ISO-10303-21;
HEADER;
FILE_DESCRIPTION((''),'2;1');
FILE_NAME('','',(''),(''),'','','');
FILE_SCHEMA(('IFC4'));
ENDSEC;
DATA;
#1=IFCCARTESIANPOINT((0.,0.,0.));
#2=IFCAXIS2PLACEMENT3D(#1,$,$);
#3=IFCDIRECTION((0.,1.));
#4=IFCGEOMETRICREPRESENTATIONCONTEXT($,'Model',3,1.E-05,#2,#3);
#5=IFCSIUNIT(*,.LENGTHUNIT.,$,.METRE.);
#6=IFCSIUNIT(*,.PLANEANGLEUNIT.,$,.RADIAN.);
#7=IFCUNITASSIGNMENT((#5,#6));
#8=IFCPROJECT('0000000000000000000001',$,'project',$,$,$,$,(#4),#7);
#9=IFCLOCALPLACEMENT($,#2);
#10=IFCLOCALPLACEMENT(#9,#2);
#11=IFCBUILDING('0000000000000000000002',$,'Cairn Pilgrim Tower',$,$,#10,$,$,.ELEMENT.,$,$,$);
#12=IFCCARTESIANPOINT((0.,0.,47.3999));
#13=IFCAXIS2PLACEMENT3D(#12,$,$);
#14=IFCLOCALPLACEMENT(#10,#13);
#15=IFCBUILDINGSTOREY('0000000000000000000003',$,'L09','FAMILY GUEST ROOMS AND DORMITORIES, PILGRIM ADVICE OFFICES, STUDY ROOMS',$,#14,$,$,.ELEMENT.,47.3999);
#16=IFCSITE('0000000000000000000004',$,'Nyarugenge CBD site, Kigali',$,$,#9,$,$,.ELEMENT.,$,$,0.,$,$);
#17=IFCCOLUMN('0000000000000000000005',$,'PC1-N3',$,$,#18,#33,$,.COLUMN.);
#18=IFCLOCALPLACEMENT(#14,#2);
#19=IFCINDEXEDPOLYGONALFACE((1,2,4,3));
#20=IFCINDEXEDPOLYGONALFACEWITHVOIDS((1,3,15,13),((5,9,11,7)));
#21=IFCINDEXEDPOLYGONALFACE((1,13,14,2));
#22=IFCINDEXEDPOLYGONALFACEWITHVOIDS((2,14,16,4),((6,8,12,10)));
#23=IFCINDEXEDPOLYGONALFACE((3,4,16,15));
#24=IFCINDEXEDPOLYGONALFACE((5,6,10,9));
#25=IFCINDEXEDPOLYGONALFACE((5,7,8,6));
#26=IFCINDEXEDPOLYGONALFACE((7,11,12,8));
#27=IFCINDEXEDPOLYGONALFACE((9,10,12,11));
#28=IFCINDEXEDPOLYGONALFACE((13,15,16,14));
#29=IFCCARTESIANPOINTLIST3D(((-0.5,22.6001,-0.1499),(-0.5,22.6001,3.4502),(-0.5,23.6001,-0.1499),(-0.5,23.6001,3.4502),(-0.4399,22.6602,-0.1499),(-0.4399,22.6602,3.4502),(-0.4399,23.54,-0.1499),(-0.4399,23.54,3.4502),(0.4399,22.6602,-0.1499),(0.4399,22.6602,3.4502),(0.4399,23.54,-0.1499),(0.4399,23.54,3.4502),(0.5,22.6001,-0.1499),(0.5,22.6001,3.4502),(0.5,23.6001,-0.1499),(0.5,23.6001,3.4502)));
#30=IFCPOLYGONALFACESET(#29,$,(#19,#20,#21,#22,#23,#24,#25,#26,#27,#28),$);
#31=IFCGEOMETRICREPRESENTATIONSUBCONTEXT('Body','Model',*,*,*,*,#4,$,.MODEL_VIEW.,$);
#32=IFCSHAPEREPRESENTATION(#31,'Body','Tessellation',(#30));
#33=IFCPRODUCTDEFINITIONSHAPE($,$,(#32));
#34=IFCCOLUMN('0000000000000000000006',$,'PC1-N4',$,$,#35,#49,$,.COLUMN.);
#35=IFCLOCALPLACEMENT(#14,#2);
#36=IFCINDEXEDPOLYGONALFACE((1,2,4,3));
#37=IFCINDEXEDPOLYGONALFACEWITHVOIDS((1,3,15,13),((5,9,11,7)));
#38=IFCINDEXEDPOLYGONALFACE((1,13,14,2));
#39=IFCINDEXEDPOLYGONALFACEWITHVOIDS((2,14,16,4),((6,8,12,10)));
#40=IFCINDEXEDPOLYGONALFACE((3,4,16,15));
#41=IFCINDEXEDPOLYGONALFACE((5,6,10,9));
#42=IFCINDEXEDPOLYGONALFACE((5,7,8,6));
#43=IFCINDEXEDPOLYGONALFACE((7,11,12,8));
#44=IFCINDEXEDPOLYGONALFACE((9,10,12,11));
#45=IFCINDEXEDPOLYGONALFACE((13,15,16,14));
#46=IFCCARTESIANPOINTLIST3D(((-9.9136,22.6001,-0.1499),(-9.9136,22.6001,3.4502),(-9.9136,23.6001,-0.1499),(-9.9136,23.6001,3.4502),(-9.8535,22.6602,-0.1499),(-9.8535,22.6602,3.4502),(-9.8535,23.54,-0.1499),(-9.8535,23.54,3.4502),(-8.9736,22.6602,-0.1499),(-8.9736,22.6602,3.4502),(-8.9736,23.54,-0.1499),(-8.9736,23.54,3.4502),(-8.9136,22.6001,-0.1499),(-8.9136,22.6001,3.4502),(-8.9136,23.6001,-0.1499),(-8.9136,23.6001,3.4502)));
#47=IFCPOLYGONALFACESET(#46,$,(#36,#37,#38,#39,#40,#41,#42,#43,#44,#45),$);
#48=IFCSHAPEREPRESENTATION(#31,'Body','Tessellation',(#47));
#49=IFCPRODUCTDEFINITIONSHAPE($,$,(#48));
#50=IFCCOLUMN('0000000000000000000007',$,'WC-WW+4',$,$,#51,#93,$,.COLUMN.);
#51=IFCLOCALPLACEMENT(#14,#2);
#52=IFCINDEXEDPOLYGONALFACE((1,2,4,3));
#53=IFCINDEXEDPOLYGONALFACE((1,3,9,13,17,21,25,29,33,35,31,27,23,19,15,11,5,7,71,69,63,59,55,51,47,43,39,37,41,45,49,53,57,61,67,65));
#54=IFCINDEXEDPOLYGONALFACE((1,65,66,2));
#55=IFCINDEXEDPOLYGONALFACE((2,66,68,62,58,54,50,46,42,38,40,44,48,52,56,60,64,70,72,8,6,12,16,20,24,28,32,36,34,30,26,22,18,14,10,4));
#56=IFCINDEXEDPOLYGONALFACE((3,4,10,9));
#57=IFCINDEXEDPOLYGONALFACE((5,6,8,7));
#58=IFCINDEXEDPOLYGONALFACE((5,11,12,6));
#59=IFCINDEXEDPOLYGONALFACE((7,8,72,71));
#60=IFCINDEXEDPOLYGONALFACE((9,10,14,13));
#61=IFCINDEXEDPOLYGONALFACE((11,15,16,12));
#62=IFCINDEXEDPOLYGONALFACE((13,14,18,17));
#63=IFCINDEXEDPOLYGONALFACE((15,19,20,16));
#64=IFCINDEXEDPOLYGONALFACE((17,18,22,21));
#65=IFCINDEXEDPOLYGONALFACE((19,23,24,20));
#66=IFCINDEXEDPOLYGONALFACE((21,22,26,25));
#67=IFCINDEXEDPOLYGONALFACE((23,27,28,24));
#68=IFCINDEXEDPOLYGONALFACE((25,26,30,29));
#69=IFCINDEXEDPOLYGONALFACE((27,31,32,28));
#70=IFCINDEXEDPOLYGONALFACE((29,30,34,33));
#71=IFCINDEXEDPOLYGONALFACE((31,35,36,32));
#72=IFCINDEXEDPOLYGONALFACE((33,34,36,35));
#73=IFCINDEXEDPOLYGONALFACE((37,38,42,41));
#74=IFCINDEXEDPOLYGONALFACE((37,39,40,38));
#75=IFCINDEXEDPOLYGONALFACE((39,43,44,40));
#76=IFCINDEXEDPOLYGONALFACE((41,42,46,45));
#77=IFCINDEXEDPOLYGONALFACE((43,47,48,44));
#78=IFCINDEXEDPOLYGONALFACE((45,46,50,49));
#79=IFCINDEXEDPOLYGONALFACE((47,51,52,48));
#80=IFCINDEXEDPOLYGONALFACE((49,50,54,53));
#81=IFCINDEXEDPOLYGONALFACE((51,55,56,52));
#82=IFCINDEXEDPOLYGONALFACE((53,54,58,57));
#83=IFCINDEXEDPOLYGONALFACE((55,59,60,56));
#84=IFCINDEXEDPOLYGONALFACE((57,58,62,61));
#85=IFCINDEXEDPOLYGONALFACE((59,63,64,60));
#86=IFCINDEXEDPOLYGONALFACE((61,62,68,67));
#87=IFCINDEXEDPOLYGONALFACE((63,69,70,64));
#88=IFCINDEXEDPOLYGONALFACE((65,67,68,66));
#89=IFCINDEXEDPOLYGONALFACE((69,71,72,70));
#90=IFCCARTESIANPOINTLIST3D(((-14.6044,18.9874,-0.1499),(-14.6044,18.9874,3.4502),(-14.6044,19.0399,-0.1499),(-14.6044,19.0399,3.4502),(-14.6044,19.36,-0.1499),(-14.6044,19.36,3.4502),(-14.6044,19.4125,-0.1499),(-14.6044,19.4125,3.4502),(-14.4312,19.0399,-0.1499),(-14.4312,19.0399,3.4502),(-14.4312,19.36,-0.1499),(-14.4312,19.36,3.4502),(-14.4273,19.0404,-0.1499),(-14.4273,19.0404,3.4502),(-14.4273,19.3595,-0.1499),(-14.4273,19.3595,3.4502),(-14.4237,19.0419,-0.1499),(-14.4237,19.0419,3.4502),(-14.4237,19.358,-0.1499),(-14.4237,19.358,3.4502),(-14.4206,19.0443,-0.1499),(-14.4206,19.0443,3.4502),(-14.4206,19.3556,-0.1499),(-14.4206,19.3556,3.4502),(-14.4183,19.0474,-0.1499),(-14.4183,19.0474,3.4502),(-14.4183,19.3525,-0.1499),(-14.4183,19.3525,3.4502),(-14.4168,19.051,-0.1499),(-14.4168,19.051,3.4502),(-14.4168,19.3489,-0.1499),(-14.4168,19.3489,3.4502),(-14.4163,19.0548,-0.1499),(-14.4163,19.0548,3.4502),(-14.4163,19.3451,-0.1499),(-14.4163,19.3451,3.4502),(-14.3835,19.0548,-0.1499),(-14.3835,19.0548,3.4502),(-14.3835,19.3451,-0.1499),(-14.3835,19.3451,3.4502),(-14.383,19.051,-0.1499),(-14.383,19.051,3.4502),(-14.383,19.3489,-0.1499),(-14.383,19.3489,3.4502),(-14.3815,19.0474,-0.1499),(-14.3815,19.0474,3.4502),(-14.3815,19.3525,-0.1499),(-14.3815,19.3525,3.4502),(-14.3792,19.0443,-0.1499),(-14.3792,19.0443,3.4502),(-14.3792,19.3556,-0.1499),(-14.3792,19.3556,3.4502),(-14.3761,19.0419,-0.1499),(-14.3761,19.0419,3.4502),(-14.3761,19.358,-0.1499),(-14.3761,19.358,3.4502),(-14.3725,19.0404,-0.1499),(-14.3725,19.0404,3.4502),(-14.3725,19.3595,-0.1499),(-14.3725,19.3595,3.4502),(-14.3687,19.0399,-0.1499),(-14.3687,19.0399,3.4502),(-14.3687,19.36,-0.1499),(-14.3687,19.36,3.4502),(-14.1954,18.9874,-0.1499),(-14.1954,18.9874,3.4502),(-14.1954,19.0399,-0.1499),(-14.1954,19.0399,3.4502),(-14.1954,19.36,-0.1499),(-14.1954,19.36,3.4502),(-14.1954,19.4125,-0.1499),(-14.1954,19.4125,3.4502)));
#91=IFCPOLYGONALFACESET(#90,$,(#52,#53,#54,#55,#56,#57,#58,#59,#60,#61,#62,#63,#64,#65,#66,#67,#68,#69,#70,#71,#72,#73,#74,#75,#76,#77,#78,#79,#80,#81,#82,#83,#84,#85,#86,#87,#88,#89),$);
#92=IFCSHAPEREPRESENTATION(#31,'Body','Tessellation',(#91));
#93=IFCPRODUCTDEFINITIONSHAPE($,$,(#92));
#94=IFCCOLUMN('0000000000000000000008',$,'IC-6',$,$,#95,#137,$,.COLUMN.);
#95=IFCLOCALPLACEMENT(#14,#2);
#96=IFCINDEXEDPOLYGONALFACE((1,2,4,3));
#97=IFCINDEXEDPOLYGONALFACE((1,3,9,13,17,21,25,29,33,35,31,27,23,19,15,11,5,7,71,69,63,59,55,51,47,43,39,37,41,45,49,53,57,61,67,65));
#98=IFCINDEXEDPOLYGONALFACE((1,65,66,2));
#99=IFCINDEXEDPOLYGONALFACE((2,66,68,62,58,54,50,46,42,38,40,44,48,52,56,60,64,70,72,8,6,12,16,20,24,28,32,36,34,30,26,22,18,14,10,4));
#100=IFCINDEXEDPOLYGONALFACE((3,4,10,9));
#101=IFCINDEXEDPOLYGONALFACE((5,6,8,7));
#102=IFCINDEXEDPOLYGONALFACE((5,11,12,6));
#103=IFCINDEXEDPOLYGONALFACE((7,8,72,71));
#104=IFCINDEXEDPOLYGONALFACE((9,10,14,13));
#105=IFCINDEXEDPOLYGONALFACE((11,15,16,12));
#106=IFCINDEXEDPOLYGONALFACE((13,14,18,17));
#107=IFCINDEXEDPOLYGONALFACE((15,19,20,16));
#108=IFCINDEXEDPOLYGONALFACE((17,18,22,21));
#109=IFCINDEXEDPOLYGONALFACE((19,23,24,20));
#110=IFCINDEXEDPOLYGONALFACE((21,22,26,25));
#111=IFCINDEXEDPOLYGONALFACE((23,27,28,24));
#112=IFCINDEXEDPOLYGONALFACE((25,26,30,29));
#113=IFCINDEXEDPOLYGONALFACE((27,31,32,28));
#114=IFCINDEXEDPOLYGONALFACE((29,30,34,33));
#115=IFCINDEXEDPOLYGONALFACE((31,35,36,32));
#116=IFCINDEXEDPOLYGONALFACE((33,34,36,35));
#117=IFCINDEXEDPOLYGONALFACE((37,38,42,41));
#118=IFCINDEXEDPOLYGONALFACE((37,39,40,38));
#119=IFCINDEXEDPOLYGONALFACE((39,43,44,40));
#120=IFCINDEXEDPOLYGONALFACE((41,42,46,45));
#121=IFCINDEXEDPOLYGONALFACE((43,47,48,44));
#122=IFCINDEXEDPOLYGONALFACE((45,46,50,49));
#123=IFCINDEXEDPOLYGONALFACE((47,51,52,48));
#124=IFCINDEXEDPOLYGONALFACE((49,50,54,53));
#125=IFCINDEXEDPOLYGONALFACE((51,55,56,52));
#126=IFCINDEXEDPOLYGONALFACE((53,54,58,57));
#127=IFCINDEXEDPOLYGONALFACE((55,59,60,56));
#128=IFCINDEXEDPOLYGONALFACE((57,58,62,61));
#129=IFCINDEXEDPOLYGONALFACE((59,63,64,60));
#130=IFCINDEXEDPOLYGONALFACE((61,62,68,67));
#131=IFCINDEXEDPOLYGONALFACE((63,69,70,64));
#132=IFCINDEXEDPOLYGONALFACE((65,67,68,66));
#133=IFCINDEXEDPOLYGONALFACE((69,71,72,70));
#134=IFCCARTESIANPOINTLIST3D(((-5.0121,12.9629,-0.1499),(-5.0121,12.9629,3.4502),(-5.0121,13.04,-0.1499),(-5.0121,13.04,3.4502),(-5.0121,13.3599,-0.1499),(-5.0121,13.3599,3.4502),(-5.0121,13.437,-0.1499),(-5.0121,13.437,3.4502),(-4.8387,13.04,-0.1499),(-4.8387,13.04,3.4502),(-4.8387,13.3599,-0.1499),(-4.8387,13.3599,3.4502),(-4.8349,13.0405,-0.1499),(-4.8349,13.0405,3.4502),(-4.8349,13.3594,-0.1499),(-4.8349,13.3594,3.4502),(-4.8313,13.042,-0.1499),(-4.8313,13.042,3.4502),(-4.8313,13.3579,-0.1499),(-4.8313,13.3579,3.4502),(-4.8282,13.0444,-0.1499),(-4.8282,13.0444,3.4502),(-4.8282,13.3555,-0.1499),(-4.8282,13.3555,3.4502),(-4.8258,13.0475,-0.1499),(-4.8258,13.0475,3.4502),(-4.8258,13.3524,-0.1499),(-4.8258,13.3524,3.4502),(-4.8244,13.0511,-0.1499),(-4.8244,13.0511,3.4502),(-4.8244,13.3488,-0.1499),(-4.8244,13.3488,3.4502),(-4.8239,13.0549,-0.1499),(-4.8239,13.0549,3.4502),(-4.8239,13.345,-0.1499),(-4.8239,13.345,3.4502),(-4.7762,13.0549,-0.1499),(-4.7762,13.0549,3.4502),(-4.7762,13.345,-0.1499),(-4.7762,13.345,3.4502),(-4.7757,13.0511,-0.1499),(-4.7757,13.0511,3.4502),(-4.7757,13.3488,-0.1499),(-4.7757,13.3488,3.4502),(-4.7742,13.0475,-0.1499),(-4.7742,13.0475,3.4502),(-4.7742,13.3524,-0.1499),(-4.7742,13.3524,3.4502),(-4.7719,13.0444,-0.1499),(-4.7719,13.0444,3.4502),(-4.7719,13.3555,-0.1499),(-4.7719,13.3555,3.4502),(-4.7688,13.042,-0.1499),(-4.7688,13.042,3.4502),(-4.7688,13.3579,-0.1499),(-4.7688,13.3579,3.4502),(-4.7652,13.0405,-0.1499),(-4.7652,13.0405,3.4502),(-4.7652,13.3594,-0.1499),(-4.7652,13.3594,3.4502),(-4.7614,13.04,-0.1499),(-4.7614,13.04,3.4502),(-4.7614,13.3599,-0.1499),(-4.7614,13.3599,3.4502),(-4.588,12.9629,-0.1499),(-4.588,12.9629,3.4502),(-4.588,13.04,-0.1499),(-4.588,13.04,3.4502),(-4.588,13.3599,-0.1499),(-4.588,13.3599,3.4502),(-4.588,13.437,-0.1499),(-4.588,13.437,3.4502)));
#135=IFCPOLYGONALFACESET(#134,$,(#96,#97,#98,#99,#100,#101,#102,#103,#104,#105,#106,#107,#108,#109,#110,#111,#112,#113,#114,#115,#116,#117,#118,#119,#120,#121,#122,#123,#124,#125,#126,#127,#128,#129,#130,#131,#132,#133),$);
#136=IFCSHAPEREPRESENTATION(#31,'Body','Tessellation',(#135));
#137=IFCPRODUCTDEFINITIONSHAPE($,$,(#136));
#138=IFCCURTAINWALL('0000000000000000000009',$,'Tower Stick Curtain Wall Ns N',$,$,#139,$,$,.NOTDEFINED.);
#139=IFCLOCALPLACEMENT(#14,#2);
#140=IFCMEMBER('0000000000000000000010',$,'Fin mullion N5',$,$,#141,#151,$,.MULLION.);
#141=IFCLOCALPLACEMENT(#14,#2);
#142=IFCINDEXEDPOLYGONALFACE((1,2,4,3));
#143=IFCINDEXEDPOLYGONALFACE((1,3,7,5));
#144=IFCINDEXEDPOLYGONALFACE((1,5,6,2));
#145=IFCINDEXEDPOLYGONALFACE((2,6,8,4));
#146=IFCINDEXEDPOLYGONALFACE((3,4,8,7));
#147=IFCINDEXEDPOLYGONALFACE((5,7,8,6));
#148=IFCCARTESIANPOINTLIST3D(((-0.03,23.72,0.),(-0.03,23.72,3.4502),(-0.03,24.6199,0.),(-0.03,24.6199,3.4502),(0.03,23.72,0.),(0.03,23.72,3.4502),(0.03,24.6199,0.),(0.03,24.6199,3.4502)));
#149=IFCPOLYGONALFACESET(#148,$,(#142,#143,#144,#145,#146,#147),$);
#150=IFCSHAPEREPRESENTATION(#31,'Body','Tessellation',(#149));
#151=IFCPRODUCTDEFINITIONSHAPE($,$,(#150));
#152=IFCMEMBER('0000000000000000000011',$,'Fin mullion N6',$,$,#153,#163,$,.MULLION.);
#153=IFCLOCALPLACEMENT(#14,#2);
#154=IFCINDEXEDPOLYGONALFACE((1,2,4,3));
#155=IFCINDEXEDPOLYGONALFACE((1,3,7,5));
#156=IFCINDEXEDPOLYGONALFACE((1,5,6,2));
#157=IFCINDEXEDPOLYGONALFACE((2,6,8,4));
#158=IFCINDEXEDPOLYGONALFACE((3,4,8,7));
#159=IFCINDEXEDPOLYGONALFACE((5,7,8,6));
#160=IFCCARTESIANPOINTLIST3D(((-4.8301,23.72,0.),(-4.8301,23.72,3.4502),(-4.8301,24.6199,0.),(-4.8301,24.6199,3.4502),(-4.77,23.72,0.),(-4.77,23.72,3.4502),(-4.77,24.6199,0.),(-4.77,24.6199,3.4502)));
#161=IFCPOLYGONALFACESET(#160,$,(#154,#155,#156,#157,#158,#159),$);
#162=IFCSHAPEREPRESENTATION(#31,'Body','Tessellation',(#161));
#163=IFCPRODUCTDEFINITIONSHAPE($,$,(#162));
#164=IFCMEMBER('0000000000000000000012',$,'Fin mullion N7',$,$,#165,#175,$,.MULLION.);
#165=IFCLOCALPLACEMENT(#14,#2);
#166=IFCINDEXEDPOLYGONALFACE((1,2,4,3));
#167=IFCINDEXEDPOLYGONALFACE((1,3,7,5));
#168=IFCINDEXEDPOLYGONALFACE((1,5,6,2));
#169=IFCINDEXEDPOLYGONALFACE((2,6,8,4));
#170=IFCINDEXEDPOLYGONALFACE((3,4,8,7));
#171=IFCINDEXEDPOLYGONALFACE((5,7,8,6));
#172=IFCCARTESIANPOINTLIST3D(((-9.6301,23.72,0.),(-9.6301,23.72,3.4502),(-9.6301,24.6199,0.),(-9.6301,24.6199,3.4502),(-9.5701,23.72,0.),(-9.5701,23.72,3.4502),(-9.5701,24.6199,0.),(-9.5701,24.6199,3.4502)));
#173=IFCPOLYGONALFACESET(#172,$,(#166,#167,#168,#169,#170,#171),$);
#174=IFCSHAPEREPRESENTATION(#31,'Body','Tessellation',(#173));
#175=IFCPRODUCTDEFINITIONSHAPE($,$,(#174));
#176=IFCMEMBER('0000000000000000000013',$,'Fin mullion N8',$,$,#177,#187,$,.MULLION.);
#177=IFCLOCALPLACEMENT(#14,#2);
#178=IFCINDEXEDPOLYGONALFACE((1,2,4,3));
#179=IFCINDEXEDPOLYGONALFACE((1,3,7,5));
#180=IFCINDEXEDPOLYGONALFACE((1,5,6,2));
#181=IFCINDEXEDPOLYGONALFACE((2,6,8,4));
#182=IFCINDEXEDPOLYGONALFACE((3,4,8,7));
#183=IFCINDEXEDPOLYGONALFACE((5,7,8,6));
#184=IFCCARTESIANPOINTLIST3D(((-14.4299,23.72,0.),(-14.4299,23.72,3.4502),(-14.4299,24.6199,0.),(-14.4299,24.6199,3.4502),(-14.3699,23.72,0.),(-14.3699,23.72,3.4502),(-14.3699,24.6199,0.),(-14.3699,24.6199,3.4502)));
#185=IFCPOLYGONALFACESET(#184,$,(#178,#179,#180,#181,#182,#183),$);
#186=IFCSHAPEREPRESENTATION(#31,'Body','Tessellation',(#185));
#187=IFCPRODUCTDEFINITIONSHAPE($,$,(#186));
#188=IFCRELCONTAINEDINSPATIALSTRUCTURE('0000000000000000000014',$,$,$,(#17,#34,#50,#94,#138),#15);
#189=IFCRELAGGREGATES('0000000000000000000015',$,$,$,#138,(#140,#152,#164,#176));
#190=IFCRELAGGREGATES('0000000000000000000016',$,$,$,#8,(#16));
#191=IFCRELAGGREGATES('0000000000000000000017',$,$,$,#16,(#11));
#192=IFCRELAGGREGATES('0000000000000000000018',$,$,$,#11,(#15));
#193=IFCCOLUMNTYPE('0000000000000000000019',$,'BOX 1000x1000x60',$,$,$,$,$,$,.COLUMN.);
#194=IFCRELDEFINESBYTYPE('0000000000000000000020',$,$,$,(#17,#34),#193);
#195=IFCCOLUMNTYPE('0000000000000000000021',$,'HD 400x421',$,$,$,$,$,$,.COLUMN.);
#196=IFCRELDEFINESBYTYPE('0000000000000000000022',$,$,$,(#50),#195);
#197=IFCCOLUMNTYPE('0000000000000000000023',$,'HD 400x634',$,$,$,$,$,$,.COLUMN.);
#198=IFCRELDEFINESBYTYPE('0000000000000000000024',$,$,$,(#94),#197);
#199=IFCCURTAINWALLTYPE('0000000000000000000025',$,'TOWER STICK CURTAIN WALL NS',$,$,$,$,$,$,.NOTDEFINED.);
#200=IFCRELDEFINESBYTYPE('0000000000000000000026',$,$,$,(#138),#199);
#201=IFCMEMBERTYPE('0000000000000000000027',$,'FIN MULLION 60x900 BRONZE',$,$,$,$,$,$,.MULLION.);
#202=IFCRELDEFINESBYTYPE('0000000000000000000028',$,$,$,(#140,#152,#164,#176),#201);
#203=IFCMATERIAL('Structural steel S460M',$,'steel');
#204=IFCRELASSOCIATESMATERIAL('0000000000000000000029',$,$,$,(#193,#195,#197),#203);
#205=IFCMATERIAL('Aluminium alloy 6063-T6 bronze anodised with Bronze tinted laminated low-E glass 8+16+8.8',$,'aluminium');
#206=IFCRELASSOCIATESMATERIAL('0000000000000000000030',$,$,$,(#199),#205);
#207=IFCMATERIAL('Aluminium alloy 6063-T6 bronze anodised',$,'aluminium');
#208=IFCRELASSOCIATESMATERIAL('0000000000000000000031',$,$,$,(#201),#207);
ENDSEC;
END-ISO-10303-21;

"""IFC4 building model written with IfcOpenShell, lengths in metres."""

from ifc_helpers import new_model, si_unit, direction, frame, origin, origin_2d, place, context, subcontext, project, spatial, rectangle, hollow_rectangle, i_section, extrude, material, material_profile, profile_set, type_object, element, aggregate, save


model = new_model("IFC4")

# Units and contexts
model_context = context("Model", 3, precision=1e-05, world=origin(), true_north=direction((0.0, 1.0)))
body_context = subcontext(model_context, "Body", "Model", "MODEL_VIEW")
ifc_project = project(units=[si_unit("LENGTHUNIT", "METRE"), si_unit("PLANEANGLEUNIT", "RADIAN")], contexts=[model_context])

# Site, building, storey
site_placement = place(None, origin())
site = spatial("IfcSite", under=ifc_project, at=site_placement, Name="Nyarugenge CBD site, Kigali", CompositionType="ELEMENT", RefElevation=0.0)
building_placement = place(site_placement, origin())
building = spatial("IfcBuilding", under=site, at=building_placement, Name="Cairn Pilgrim Tower", CompositionType="ELEMENT")
storey_placement = place(building_placement, frame((0.0, 0.0, 47.3999)))
storey = spatial("IfcBuildingStorey", under=building, at=storey_placement, Name="L09", Description="FAMILY GUEST ROOMS AND DORMITORIES, PILGRIM ADVICE OFFICES, STUDY ROOMS", CompositionType="ELEMENT", Elevation=47.3999)

# Columns
ifc_material_1 = material(Name="Structural steel S460M", Category="steel")
ifc_material_profile_1 = material_profile(ifc_material_1, hollow_rectangle(XDim=1.0, YDim=1.0, WallThickness=0.0601, at=origin_2d()), Name="BOX 1000x1000x60")
ifc_profile_set_1 = profile_set([ifc_material_profile_1], Name="Structural steel S460M")
column_type_1 = type_object("IfcColumnType", Name="BOX 1000x1000x60", PredefinedType="COLUMN", material=ifc_profile_set_1)
for number, where, z_axis, x_axis, name in (
    (1, (0.0, 23.1001, -0.1499), (0.0, 0.0, 1.0), (1.0, 0.0, 0.0), "PC1-N3"),
    (2, (-9.4136, 23.1001, -0.1499), (0.0, 0.0, 1.0), (1.0, 0.0, 0.0), "PC1-N4"),
):
    element("IfcColumn", number, at=place(storey_placement, frame(where, z_axis=z_axis, x_axis=x_axis)), inside=storey, type_object=column_type_1, Name=name, PredefinedType="COLUMN", context=body_context, shape_type="SweptSolid", body=[
        extrude(hollow_rectangle(XDim=1.0, YDim=1.0, WallThickness=0.0601, at=origin_2d()), origin(), (0.0, 0.0, 1.0), 3.6001),
    ])
ifc_material_profile_2 = material_profile(ifc_material_1, i_section(OverallWidth=0.4089, OverallDepth=0.425, WebThickness=0.0327, FlangeThickness=0.0525, FilletRadius=0.0149, at=origin_2d()), Name="HD 400x421")
ifc_profile_set_2 = profile_set([ifc_material_profile_2], Name="Structural steel S460M")
column_type_2 = type_object("IfcColumnType", Name="HD 400x421", PredefinedType="COLUMN", material=ifc_profile_set_2)
column_1_placement = place(storey_placement, frame((-14.3999, 19.2, -0.1499), z_axis=(0.0, 0.0, 1.0), x_axis=(1.0, 0.0, 0.0)))
element("IfcColumn", 3, at=column_1_placement, inside=storey, type_object=column_type_2, Name="WC-WW+4", PredefinedType="COLUMN", context=body_context, shape_type="SweptSolid", body=[
    extrude(i_section(OverallWidth=0.4089, OverallDepth=0.425, WebThickness=0.0327, FlangeThickness=0.0525, FilletRadius=0.0149, at=origin_2d()), origin(), (0.0, 0.0, 1.0), 3.6001),
])
ifc_material_profile_3 = material_profile(ifc_material_1, i_section(OverallWidth=0.4241, OverallDepth=0.4741, WebThickness=0.0476, FlangeThickness=0.0771, FilletRadius=0.0149, at=origin_2d()), Name="HD 400x634")
ifc_profile_set_3 = profile_set([ifc_material_profile_3], Name="Structural steel S460M")
column_type_3 = type_object("IfcColumnType", Name="HD 400x634", PredefinedType="COLUMN", material=ifc_profile_set_3)
column_2_placement = place(storey_placement, frame((-4.8, 13.2, -0.1499), z_axis=(0.0, 0.0, 1.0), x_axis=(1.0, 0.0, 0.0)))
element("IfcColumn", 4, at=column_2_placement, inside=storey, type_object=column_type_3, Name="IC-6", PredefinedType="COLUMN", context=body_context, shape_type="SweptSolid", body=[
    extrude(i_section(OverallWidth=0.4241, OverallDepth=0.4741, WebThickness=0.0476, FlangeThickness=0.0771, FilletRadius=0.0149, at=origin_2d()), origin(), (0.0, 0.0, 1.0), 3.6001),
])

# Curtain wall, members
ifc_material_2 = material(Name="Aluminium alloy 6063-T6 bronze anodised with Bronze tinted laminated low-E glass 8+16+8.8", Category="aluminium")
curtain_wall_type = type_object("IfcCurtainWallType", Name="TOWER STICK CURTAIN WALL NS", PredefinedType="NOTDEFINED", material=ifc_material_2)
curtain_wall_placement = place(storey_placement, origin())
curtain_wall = element("IfcCurtainWall", 5, at=curtain_wall_placement, inside=storey, type_object=curtain_wall_type, Name="Tower Stick Curtain Wall Ns N", PredefinedType="NOTDEFINED")
ifc_material_3 = material(Name="Aluminium alloy 6063-T6 bronze anodised", Category="aluminium")
ifc_material_profile_4 = material_profile(ifc_material_3, rectangle(XDim=0.8999, YDim=0.0601, at=origin_2d()), Name="FIN MULLION 60x900 BRONZE")
ifc_profile_set_4 = profile_set([ifc_material_profile_4], Name="Aluminium alloy 6063-T6 bronze anodised")
member_type_1 = type_object("IfcMemberType", Name="FIN MULLION 60x900 BRONZE", PredefinedType="MULLION", material=ifc_profile_set_4)
member_1_placement = place(storey_placement, frame((0.0, 24.1699, 0.0), z_axis=(0.0, 0.0, 1.0), x_axis=(0.0, 1.0, 0.0)))
member_1 = element("IfcMember", 6, at=member_1_placement, type_object=member_type_1, Name="Fin mullion N5", PredefinedType="MULLION", context=body_context, shape_type="SweptSolid", body=[
    extrude(rectangle(XDim=0.8999, YDim=0.0601, at=origin_2d()), origin(), (0.0, 0.0, 1.0), 3.4502),
])
member_2_placement = place(storey_placement, frame((-4.8, 24.1699, 0.0), z_axis=(0.0, 0.0, 1.0), x_axis=(0.0, 1.0, 0.0)))
member_2 = element("IfcMember", 7, at=member_2_placement, type_object=member_type_1, Name="Fin mullion N6", PredefinedType="MULLION", context=body_context, shape_type="SweptSolid", body=[
    extrude(rectangle(XDim=0.8999, YDim=0.0601, at=origin_2d()), origin(), (0.0, 0.0, 1.0), 3.4502),
])
member_3_placement = place(storey_placement, frame((-9.6001, 24.1699, 0.0), z_axis=(0.0, 0.0, 1.0), x_axis=(0.0, 1.0, 0.0)))
member_3 = element("IfcMember", 8, at=member_3_placement, type_object=member_type_1, Name="Fin mullion N7", PredefinedType="MULLION", context=body_context, shape_type="SweptSolid", body=[
    extrude(rectangle(XDim=0.8999, YDim=0.0601, at=origin_2d()), origin(), (0.0, 0.0, 1.0), 3.4502),
])
member_4_placement = place(storey_placement, frame((-14.3999, 24.1699, 0.0), z_axis=(0.0, 0.0, 1.0), x_axis=(0.0, 1.0, 0.0)))
member_4 = element("IfcMember", 9, at=member_4_placement, type_object=member_type_1, Name="Fin mullion N8", PredefinedType="MULLION", context=body_context, shape_type="SweptSolid", body=[
    extrude(rectangle(XDim=0.8999, YDim=0.0601, at=origin_2d()), origin(), (0.0, 0.0, 1.0), 3.4502),
])

aggregate(curtain_wall, [member_1, member_2, member_3, member_4])

save(model, "model.ifc")
